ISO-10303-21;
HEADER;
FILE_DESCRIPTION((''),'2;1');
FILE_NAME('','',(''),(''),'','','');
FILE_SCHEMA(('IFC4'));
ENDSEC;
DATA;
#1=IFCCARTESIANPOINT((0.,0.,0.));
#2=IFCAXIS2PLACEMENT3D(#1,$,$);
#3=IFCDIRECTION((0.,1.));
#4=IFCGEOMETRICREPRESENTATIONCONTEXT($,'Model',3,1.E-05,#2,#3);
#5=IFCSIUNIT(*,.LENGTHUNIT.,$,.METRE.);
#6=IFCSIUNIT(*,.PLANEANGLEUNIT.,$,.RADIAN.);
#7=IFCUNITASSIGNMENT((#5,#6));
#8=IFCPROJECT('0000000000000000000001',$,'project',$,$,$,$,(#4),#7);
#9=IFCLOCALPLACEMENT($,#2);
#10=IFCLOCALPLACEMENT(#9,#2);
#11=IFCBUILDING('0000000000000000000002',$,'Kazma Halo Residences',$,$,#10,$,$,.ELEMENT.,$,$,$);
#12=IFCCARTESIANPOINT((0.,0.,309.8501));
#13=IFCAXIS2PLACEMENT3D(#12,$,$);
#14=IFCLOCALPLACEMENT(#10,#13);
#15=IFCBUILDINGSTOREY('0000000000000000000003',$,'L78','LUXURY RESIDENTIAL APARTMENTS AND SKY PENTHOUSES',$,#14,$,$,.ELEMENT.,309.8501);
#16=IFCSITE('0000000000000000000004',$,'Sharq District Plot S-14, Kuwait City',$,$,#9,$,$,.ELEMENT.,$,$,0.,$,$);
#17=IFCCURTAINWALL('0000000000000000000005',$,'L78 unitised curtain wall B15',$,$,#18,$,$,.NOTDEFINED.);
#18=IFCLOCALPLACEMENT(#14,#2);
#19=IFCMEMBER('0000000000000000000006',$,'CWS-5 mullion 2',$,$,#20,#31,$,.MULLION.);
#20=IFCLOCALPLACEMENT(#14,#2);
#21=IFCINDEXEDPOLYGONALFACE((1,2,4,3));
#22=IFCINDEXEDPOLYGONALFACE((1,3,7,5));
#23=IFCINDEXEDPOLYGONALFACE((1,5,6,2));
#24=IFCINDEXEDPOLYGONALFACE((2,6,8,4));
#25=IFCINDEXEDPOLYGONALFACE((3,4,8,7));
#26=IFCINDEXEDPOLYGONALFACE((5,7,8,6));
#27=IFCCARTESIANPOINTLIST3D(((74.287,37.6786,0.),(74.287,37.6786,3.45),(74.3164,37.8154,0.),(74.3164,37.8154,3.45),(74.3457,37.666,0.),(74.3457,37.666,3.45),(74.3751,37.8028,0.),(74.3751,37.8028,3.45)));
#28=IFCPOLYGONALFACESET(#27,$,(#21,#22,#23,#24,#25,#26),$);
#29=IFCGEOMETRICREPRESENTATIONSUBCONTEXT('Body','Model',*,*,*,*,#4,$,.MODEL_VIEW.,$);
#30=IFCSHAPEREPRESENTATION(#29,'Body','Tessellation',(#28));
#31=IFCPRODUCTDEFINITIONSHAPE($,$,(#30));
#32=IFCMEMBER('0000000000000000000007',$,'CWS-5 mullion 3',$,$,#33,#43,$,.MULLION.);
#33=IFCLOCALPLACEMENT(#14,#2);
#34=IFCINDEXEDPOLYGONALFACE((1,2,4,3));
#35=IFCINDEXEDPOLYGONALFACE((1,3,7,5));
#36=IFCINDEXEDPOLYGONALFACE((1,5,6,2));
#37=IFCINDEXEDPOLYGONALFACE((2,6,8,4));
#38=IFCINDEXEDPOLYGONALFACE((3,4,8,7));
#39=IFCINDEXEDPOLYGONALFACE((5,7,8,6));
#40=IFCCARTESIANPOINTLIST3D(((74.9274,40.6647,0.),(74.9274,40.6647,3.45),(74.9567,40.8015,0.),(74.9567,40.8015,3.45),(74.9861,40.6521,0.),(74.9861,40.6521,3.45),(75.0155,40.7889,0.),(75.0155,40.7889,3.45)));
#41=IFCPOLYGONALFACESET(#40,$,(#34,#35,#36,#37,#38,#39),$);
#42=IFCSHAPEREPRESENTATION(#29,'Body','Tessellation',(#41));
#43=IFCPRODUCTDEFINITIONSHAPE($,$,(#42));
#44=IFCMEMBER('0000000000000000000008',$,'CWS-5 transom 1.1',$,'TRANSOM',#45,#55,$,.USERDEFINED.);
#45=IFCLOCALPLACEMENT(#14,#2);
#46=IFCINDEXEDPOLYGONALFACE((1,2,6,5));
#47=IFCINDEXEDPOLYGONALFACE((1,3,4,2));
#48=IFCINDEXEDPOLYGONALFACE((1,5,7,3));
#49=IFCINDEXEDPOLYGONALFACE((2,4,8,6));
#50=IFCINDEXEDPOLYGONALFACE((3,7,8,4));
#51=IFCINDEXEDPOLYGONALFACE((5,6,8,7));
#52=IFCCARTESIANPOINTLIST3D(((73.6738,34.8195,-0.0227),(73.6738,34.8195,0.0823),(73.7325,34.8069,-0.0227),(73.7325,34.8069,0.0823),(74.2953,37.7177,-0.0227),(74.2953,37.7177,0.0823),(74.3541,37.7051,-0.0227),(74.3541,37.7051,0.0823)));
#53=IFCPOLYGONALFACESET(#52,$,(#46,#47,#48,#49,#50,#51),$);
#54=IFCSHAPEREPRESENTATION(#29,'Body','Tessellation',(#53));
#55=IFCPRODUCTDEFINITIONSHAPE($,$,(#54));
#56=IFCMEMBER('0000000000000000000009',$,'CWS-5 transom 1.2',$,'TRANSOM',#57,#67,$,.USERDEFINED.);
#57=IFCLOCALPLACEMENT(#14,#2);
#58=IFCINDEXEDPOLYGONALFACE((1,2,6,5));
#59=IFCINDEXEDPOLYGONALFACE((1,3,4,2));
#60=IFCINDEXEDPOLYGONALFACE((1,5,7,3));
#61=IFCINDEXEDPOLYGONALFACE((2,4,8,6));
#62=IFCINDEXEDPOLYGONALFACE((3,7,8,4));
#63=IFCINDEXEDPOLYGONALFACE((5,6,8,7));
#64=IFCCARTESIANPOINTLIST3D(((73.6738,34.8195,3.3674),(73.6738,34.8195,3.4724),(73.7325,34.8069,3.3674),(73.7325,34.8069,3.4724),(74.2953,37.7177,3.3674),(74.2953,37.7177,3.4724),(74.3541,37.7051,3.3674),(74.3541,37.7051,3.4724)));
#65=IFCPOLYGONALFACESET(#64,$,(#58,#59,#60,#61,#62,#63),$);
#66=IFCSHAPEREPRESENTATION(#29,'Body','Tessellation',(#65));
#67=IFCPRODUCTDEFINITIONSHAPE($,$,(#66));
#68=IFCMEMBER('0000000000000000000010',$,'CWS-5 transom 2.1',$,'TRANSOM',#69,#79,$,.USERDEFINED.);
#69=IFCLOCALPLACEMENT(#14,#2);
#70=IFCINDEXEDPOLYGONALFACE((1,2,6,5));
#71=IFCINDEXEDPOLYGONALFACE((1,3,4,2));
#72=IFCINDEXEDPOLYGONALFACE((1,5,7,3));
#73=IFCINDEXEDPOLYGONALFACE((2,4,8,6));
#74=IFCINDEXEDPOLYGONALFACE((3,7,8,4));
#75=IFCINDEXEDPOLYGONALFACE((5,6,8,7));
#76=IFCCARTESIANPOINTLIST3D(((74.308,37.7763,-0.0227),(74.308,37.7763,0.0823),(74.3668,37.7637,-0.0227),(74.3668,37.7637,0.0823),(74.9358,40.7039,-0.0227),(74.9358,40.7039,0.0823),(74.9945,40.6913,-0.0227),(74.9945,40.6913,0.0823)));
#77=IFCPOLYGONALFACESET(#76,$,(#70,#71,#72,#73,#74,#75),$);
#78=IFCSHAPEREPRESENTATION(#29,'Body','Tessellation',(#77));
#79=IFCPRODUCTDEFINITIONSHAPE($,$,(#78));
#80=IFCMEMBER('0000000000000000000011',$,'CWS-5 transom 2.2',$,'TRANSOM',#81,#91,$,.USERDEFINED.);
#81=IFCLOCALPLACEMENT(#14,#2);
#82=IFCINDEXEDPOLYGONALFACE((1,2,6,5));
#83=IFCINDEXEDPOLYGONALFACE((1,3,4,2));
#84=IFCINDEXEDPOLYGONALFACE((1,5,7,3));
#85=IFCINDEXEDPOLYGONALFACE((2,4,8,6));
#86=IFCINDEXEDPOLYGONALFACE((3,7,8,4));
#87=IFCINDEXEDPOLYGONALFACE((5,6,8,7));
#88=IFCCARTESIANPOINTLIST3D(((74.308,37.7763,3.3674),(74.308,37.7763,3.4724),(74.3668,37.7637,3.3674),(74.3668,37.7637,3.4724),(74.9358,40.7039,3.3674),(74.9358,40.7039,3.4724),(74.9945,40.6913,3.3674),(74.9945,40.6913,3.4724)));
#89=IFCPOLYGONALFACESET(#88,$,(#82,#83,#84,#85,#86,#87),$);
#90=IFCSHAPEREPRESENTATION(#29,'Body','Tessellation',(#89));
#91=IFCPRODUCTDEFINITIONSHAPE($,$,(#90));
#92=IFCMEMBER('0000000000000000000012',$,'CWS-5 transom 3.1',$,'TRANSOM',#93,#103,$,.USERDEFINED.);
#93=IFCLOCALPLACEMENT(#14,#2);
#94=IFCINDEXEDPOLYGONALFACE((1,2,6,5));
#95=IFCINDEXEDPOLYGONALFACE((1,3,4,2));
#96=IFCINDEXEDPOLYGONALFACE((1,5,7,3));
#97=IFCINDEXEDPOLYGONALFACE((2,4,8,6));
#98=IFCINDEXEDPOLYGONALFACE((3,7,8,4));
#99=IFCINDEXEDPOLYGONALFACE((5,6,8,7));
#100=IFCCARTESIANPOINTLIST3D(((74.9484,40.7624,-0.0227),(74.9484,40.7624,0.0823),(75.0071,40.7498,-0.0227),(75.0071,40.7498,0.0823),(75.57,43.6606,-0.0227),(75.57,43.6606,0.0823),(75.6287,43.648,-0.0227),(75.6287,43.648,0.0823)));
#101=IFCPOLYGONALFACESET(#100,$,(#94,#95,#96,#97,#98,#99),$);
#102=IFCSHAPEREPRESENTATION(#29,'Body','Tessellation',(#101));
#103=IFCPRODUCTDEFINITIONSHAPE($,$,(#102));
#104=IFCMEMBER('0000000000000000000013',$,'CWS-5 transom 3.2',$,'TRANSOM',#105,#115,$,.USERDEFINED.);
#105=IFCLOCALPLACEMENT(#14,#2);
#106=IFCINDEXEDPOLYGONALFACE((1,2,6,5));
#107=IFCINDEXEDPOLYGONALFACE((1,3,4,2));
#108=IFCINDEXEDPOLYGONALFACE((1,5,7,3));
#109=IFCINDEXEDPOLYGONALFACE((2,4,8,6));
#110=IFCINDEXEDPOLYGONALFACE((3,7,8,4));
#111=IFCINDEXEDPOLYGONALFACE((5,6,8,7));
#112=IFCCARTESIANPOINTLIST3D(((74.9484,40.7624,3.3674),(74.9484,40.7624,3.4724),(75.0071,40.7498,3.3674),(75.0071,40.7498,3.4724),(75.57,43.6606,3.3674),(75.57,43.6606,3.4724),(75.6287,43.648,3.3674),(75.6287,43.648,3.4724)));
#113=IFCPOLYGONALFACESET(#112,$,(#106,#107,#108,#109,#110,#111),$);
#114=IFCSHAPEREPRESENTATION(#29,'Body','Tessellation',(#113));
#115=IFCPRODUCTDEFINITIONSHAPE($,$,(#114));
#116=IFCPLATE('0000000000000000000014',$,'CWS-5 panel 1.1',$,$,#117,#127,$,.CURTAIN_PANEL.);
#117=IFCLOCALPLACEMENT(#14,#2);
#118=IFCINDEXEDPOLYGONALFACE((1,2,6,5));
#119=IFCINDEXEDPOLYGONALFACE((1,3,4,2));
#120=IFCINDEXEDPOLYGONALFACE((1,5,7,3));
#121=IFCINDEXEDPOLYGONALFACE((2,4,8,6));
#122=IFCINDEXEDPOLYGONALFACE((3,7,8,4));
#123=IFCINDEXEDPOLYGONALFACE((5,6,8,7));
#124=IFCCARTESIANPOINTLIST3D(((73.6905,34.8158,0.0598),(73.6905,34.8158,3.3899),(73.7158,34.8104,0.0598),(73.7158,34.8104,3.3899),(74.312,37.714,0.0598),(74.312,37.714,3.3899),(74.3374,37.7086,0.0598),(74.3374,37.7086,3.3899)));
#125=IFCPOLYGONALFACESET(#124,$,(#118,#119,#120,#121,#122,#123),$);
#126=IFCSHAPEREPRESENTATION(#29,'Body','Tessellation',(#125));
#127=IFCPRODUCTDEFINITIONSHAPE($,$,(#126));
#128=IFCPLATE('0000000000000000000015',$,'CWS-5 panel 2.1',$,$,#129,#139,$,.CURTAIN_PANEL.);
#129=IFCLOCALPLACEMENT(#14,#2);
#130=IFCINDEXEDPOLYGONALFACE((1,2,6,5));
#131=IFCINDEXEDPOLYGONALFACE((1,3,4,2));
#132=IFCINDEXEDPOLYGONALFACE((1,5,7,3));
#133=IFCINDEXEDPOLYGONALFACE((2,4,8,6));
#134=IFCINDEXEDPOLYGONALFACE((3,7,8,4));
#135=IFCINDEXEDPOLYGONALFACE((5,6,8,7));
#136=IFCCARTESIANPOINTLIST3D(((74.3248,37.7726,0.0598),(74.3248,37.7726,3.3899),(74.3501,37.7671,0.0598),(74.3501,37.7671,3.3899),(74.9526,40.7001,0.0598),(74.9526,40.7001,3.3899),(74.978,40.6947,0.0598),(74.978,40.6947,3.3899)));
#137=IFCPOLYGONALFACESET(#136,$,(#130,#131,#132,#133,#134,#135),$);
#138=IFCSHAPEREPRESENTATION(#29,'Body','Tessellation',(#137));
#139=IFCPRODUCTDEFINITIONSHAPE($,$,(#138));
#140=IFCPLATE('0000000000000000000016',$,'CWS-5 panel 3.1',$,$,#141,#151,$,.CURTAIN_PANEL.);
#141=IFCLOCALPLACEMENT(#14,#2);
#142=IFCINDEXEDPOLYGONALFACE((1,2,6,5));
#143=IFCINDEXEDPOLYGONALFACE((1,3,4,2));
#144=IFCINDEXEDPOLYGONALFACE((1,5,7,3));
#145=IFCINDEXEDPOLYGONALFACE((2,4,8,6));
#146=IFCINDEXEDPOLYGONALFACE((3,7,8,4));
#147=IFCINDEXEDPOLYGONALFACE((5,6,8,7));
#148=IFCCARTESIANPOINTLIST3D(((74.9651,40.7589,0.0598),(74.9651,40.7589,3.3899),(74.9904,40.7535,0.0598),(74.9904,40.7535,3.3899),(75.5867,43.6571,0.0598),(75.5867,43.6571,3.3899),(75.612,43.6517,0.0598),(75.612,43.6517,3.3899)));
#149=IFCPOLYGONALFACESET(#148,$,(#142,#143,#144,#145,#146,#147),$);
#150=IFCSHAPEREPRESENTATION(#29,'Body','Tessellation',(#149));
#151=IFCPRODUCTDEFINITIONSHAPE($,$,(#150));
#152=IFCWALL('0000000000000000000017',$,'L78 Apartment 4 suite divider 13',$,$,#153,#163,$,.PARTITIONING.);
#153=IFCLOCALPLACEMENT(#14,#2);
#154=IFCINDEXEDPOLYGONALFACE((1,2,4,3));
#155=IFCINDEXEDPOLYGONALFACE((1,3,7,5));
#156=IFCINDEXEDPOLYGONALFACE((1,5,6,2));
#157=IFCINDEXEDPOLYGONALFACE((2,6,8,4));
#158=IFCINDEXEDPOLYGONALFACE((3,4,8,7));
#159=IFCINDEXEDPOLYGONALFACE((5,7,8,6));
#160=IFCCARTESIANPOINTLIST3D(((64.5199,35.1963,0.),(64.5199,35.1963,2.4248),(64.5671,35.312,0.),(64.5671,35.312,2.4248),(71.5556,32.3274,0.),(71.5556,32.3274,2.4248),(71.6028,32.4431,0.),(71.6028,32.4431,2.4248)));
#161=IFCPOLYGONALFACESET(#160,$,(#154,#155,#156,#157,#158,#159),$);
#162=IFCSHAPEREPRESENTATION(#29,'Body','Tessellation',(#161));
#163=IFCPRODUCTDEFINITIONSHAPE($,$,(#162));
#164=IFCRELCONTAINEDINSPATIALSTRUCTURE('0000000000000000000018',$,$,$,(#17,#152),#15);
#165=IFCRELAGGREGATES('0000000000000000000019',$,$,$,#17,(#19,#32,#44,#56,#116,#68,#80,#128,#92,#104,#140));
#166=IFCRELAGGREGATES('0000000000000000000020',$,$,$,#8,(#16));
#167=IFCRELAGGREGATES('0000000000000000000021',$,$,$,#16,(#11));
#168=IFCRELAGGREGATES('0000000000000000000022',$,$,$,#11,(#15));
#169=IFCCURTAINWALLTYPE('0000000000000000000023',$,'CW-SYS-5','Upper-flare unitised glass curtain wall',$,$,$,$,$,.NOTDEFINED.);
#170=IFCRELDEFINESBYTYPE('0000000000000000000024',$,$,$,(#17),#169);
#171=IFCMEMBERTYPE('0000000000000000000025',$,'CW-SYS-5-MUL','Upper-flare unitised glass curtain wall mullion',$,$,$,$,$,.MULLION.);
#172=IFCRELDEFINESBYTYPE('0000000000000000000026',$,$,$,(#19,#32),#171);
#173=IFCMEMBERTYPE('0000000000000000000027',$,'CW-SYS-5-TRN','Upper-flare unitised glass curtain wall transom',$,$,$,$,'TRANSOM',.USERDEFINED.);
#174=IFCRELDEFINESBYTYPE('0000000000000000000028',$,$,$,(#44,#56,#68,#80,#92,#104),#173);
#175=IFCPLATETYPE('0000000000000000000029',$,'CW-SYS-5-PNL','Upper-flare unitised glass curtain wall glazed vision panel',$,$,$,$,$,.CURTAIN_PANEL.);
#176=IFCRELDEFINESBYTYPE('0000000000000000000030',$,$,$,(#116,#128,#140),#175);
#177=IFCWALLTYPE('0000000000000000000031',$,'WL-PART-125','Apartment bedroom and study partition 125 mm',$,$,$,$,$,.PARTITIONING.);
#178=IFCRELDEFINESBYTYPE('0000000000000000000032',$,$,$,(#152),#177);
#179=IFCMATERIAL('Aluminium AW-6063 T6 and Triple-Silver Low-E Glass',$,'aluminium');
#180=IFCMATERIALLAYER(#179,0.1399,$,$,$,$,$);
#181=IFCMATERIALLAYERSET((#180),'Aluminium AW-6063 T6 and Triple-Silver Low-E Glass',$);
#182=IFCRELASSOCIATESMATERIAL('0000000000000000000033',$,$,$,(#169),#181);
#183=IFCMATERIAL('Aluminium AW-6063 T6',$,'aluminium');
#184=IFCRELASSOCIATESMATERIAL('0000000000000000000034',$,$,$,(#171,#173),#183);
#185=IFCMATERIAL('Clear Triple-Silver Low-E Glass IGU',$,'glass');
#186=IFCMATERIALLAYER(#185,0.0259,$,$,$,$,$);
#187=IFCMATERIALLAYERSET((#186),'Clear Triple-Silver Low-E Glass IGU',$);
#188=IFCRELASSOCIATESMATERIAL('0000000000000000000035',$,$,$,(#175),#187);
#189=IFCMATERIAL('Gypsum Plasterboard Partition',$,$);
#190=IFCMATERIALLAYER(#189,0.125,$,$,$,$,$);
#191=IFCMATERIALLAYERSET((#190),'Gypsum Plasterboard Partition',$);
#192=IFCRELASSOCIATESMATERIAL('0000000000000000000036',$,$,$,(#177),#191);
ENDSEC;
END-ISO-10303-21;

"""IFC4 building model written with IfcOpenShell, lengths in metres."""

from ifc_helpers import new_model, si_unit, direction, frame, frame_2d, origin, origin_2d, place, context, subcontext, project, spatial, rectangle, extrude, material, layer, layer_set, material_profile, profile_set, type_object, element, aggregate, save


model = new_model("IFC4")

# Units and contexts
model_context = context("Model", 3, precision=1e-05, world=origin(), true_north=direction((0.0, 1.0)))
body_context = subcontext(model_context, "Body", "Model", "MODEL_VIEW")
ifc_project = project(units=[si_unit("LENGTHUNIT", "METRE"), si_unit("PLANEANGLEUNIT", "RADIAN")], contexts=[model_context])

# Site, building, storey
site_placement = place(None, origin())
site = spatial("IfcSite", under=ifc_project, at=site_placement, Name="Sharq District Plot S-14, Kuwait City", CompositionType="ELEMENT", RefElevation=0.0)
building_placement = place(site_placement, origin())
building = spatial("IfcBuilding", under=site, at=building_placement, Name="Kazma Halo Residences", CompositionType="ELEMENT")
storey_placement = place(building_placement, frame((0.0, 0.0, 309.8501)))
storey = spatial("IfcBuildingStorey", under=building, at=storey_placement, Name="L78", Description="LUXURY RESIDENTIAL APARTMENTS AND SKY PENTHOUSES", CompositionType="ELEMENT", Elevation=309.8501)

# Curtain wall, members, plates
ifc_material_1 = material(Name="Aluminium AW-6063 T6 and Triple-Silver Low-E Glass", Category="aluminium")
ifc_layer_1 = layer(ifc_material_1, 0.1399)
ifc_layer_set_1 = layer_set([ifc_layer_1], Name="Aluminium AW-6063 T6 and Triple-Silver Low-E Glass")
curtain_wall_type = type_object("IfcCurtainWallType", Name="CW-SYS-5", Description="Upper-flare unitised glass curtain wall", PredefinedType="NOTDEFINED", material=ifc_layer_set_1)
curtain_wall_placement = place(storey_placement, origin())
curtain_wall = element("IfcCurtainWall", 1, at=curtain_wall_placement, inside=storey, type_object=curtain_wall_type, Name="L78 unitised curtain wall B15", PredefinedType="NOTDEFINED")
ifc_material_2 = material(Name="Aluminium AW-6063 T6", Category="aluminium")
ifc_material_profile_1 = material_profile(ifc_material_2, rectangle(XDim=0.0601, YDim=0.1399, at=origin_2d()), Name="CWM-60x140")
ifc_profile_set_1 = profile_set([ifc_material_profile_1], Name="Aluminium AW-6063 T6")
member_type_1 = type_object("IfcMemberType", Name="CW-SYS-5-MUL", Description="Upper-flare unitised glass curtain wall mullion", PredefinedType="MULLION", material=ifc_profile_set_1)
member_1_placement = place(storey_placement, frame((74.3311, 37.7407, 0.0), z_axis=(0.0, 0.0, 1.0), x_axis=(-0.977766, 0.209698, 0.0)))
member_1 = element("IfcMember", 2, at=member_1_placement, type_object=member_type_1, Name="CWS-5 mullion 2", PredefinedType="MULLION", context=body_context, shape_type="SweptSolid", body=[
    extrude(rectangle(XDim=0.0601, YDim=0.1399, at=origin_2d()), origin(), (0.0, 0.0, 1.0), 3.45),
])
member_2_placement = place(storey_placement, frame((74.9714, 40.7268, 0.0), z_axis=(0.0, 0.0, 1.0), x_axis=(-0.977766, 0.209698, 0.0)))
member_2 = element("IfcMember", 3, at=member_2_placement, type_object=member_type_1, Name="CWS-5 mullion 3", PredefinedType="MULLION", context=body_context, shape_type="SweptSolid", body=[
    extrude(rectangle(XDim=0.0601, YDim=0.1399, at=origin_2d()), origin(), (0.0, 0.0, 1.0), 3.45),
])
ifc_material_profile_2 = material_profile(ifc_material_2, rectangle(XDim=0.0601, YDim=0.105, at=origin_2d()), Name="CWT-60x105")
ifc_profile_set_2 = profile_set([ifc_material_profile_2], Name="Aluminium AW-6063 T6")
member_type_2 = type_object("IfcMemberType", Name="CW-SYS-5-TRN", Description="Upper-flare unitised glass curtain wall transom", ElementType="TRANSOM", PredefinedType="USERDEFINED", material=ifc_profile_set_2)
member_3_placement = place(storey_placement, frame((73.7031, 34.8132, 0.0298), z_axis=(0.209703, 0.977765, 0.0), x_axis=(-0.977765, 0.209703, 0.0)))
member_3 = element("IfcMember", 4, at=member_3_placement, type_object=member_type_2, Name="CWS-5 transom 1.1", ObjectType="TRANSOM", PredefinedType="USERDEFINED", context=body_context, shape_type="SweptSolid", body=[
    extrude(rectangle(XDim=0.0601, YDim=0.105, at=origin_2d()), origin(), (0.0, 0.0, 1.0), 2.9641),
])
member_4_placement = place(storey_placement, frame((73.7031, 34.8132, 3.4199), z_axis=(0.209703, 0.977765, 0.0), x_axis=(-0.977765, 0.209703, 0.0)))
member_4 = element("IfcMember", 5, at=member_4_placement, type_object=member_type_2, Name="CWS-5 transom 1.2", ObjectType="TRANSOM", PredefinedType="USERDEFINED", context=body_context, shape_type="SweptSolid", body=[
    extrude(rectangle(XDim=0.0601, YDim=0.105, at=origin_2d()), origin(), (0.0, 0.0, 1.0), 2.9641),
])
member_5_placement = place(storey_placement, frame((74.3374, 37.77, 0.0298), z_axis=(0.209646, 0.977777, 0.0), x_axis=(-0.977777, 0.209646, 0.0)))
member_5 = element("IfcMember", 6, at=member_5_placement, type_object=member_type_2, Name="CWS-5 transom 2.1", ObjectType="TRANSOM", PredefinedType="USERDEFINED", context=body_context, shape_type="SweptSolid", body=[
    extrude(rectangle(XDim=0.0601, YDim=0.105, at=origin_2d()), origin(), (0.0, 0.0, 1.0), 2.9941),
])
member_6_placement = place(storey_placement, frame((74.3374, 37.77, 3.4199), z_axis=(0.209646, 0.977777, 0.0), x_axis=(-0.977777, 0.209646, 0.0)))
member_6 = element("IfcMember", 7, at=member_6_placement, type_object=member_type_2, Name="CWS-5 transom 2.2", ObjectType="TRANSOM", PredefinedType="USERDEFINED", context=body_context, shape_type="SweptSolid", body=[
    extrude(rectangle(XDim=0.0601, YDim=0.105, at=origin_2d()), origin(), (0.0, 0.0, 1.0), 2.9941),
])
member_7_placement = place(storey_placement, frame((74.9778, 40.7561, 0.0298), z_axis=(0.209703, 0.977765, 0.0), x_axis=(-0.977765, 0.209703, 0.0)))
member_7 = element("IfcMember", 8, at=member_7_placement, type_object=member_type_2, Name="CWS-5 transom 3.1", ObjectType="TRANSOM", PredefinedType="USERDEFINED", context=body_context, shape_type="SweptSolid", body=[
    extrude(rectangle(XDim=0.0601, YDim=0.105, at=origin_2d()), origin(), (0.0, 0.0, 1.0), 2.9641),
])
member_8_placement = place(storey_placement, frame((74.9778, 40.7561, 3.4199), z_axis=(0.209703, 0.977765, 0.0), x_axis=(-0.977765, 0.209703, 0.0)))
member_8 = element("IfcMember", 9, at=member_8_placement, type_object=member_type_2, Name="CWS-5 transom 3.2", ObjectType="TRANSOM", PredefinedType="USERDEFINED", context=body_context, shape_type="SweptSolid", body=[
    extrude(rectangle(XDim=0.0601, YDim=0.105, at=origin_2d()), origin(), (0.0, 0.0, 1.0), 2.9641),
])
ifc_material_3 = material(Name="Clear Triple-Silver Low-E Glass IGU", Category="glass")
ifc_layer_2 = layer(ifc_material_3, 0.0259)
ifc_layer_set_2 = layer_set([ifc_layer_2], Name="Clear Triple-Silver Low-E Glass IGU")
plate_type = type_object("IfcPlateType", Name="CW-SYS-5-PNL", Description="Upper-flare unitised glass curtain wall glazed vision panel", PredefinedType="CURTAIN_PANEL", material=ifc_layer_set_2)
plate_1_placement = place(storey_placement, frame((74.0139, 36.2622, 0.0598), z_axis=(0.0, 0.0, 1.0), x_axis=(0.209698, 0.977766, 0.0)))
plate_1 = element("IfcPlate", 10, at=plate_1_placement, type_object=plate_type, Name="CWS-5 panel 1.1", PredefinedType="CURTAIN_PANEL", context=body_context, shape_type="SweptSolid", body=[
    extrude(rectangle(XDim=2.9641, YDim=0.0259, at=origin_2d()), origin(), (0.0, 0.0, 1.0), 3.3301),
])
plate_2_placement = place(storey_placement, frame((74.6514, 39.2336, 0.0598), z_axis=(0.0, 0.0, 1.0), x_axis=(0.209698, 0.977766, 0.0)))
plate_2 = element("IfcPlate", 11, at=plate_2_placement, type_object=plate_type, Name="CWS-5 panel 2.1", PredefinedType="CURTAIN_PANEL", context=body_context, shape_type="SweptSolid", body=[
    extrude(rectangle(XDim=2.9941, YDim=0.0259, at=origin_2d()), origin(), (0.0, 0.0, 1.0), 3.3301),
])
plate_3_placement = place(storey_placement, frame((75.2886, 42.2053, 0.0598), z_axis=(0.0, 0.0, 1.0), x_axis=(0.209698, 0.977766, 0.0)))
plate_3 = element("IfcPlate", 12, at=plate_3_placement, type_object=plate_type, Name="CWS-5 panel 3.1", PredefinedType="CURTAIN_PANEL", context=body_context, shape_type="SweptSolid", body=[
    extrude(rectangle(XDim=2.9641, YDim=0.0259, at=origin_2d()), origin(), (0.0, 0.0, 1.0), 3.3301),
])
aggregate(curtain_wall, [member_1, member_2, member_3, member_4, plate_1, member_5, member_6, plate_2, member_7, member_8, plate_3])

# Wall
ifc_material_4 = material(Name="Gypsum Plasterboard Partition")
ifc_layer_3 = layer(ifc_material_4, 0.125)
ifc_layer_set_3 = layer_set([ifc_layer_3], Name="Gypsum Plasterboard Partition")
wall_type_1 = type_object("IfcWallType", Name="WL-PART-125", Description="Apartment bedroom and study partition 125 mm", PredefinedType="PARTITIONING", material=ifc_layer_set_3)
wall_1_placement = place(storey_placement, frame((64.5435, 35.2542, 0.0), z_axis=(0.0, 0.0, 1.0), x_axis=(0.925976, -0.377582, 0.0)))
element("IfcWall", 13, at=wall_1_placement, inside=storey, type_object=wall_type_1, Name="L78 Apartment 4 suite divider 13", PredefinedType="PARTITIONING", context=body_context, shape_type="SweptSolid", body=[
    extrude(rectangle(XDim=7.5981, YDim=0.125, at=frame_2d((3.7991, 0.0))), origin(), (0.0, 0.0, 1.0), 2.4248),
])

save(model, "model.ifc")
